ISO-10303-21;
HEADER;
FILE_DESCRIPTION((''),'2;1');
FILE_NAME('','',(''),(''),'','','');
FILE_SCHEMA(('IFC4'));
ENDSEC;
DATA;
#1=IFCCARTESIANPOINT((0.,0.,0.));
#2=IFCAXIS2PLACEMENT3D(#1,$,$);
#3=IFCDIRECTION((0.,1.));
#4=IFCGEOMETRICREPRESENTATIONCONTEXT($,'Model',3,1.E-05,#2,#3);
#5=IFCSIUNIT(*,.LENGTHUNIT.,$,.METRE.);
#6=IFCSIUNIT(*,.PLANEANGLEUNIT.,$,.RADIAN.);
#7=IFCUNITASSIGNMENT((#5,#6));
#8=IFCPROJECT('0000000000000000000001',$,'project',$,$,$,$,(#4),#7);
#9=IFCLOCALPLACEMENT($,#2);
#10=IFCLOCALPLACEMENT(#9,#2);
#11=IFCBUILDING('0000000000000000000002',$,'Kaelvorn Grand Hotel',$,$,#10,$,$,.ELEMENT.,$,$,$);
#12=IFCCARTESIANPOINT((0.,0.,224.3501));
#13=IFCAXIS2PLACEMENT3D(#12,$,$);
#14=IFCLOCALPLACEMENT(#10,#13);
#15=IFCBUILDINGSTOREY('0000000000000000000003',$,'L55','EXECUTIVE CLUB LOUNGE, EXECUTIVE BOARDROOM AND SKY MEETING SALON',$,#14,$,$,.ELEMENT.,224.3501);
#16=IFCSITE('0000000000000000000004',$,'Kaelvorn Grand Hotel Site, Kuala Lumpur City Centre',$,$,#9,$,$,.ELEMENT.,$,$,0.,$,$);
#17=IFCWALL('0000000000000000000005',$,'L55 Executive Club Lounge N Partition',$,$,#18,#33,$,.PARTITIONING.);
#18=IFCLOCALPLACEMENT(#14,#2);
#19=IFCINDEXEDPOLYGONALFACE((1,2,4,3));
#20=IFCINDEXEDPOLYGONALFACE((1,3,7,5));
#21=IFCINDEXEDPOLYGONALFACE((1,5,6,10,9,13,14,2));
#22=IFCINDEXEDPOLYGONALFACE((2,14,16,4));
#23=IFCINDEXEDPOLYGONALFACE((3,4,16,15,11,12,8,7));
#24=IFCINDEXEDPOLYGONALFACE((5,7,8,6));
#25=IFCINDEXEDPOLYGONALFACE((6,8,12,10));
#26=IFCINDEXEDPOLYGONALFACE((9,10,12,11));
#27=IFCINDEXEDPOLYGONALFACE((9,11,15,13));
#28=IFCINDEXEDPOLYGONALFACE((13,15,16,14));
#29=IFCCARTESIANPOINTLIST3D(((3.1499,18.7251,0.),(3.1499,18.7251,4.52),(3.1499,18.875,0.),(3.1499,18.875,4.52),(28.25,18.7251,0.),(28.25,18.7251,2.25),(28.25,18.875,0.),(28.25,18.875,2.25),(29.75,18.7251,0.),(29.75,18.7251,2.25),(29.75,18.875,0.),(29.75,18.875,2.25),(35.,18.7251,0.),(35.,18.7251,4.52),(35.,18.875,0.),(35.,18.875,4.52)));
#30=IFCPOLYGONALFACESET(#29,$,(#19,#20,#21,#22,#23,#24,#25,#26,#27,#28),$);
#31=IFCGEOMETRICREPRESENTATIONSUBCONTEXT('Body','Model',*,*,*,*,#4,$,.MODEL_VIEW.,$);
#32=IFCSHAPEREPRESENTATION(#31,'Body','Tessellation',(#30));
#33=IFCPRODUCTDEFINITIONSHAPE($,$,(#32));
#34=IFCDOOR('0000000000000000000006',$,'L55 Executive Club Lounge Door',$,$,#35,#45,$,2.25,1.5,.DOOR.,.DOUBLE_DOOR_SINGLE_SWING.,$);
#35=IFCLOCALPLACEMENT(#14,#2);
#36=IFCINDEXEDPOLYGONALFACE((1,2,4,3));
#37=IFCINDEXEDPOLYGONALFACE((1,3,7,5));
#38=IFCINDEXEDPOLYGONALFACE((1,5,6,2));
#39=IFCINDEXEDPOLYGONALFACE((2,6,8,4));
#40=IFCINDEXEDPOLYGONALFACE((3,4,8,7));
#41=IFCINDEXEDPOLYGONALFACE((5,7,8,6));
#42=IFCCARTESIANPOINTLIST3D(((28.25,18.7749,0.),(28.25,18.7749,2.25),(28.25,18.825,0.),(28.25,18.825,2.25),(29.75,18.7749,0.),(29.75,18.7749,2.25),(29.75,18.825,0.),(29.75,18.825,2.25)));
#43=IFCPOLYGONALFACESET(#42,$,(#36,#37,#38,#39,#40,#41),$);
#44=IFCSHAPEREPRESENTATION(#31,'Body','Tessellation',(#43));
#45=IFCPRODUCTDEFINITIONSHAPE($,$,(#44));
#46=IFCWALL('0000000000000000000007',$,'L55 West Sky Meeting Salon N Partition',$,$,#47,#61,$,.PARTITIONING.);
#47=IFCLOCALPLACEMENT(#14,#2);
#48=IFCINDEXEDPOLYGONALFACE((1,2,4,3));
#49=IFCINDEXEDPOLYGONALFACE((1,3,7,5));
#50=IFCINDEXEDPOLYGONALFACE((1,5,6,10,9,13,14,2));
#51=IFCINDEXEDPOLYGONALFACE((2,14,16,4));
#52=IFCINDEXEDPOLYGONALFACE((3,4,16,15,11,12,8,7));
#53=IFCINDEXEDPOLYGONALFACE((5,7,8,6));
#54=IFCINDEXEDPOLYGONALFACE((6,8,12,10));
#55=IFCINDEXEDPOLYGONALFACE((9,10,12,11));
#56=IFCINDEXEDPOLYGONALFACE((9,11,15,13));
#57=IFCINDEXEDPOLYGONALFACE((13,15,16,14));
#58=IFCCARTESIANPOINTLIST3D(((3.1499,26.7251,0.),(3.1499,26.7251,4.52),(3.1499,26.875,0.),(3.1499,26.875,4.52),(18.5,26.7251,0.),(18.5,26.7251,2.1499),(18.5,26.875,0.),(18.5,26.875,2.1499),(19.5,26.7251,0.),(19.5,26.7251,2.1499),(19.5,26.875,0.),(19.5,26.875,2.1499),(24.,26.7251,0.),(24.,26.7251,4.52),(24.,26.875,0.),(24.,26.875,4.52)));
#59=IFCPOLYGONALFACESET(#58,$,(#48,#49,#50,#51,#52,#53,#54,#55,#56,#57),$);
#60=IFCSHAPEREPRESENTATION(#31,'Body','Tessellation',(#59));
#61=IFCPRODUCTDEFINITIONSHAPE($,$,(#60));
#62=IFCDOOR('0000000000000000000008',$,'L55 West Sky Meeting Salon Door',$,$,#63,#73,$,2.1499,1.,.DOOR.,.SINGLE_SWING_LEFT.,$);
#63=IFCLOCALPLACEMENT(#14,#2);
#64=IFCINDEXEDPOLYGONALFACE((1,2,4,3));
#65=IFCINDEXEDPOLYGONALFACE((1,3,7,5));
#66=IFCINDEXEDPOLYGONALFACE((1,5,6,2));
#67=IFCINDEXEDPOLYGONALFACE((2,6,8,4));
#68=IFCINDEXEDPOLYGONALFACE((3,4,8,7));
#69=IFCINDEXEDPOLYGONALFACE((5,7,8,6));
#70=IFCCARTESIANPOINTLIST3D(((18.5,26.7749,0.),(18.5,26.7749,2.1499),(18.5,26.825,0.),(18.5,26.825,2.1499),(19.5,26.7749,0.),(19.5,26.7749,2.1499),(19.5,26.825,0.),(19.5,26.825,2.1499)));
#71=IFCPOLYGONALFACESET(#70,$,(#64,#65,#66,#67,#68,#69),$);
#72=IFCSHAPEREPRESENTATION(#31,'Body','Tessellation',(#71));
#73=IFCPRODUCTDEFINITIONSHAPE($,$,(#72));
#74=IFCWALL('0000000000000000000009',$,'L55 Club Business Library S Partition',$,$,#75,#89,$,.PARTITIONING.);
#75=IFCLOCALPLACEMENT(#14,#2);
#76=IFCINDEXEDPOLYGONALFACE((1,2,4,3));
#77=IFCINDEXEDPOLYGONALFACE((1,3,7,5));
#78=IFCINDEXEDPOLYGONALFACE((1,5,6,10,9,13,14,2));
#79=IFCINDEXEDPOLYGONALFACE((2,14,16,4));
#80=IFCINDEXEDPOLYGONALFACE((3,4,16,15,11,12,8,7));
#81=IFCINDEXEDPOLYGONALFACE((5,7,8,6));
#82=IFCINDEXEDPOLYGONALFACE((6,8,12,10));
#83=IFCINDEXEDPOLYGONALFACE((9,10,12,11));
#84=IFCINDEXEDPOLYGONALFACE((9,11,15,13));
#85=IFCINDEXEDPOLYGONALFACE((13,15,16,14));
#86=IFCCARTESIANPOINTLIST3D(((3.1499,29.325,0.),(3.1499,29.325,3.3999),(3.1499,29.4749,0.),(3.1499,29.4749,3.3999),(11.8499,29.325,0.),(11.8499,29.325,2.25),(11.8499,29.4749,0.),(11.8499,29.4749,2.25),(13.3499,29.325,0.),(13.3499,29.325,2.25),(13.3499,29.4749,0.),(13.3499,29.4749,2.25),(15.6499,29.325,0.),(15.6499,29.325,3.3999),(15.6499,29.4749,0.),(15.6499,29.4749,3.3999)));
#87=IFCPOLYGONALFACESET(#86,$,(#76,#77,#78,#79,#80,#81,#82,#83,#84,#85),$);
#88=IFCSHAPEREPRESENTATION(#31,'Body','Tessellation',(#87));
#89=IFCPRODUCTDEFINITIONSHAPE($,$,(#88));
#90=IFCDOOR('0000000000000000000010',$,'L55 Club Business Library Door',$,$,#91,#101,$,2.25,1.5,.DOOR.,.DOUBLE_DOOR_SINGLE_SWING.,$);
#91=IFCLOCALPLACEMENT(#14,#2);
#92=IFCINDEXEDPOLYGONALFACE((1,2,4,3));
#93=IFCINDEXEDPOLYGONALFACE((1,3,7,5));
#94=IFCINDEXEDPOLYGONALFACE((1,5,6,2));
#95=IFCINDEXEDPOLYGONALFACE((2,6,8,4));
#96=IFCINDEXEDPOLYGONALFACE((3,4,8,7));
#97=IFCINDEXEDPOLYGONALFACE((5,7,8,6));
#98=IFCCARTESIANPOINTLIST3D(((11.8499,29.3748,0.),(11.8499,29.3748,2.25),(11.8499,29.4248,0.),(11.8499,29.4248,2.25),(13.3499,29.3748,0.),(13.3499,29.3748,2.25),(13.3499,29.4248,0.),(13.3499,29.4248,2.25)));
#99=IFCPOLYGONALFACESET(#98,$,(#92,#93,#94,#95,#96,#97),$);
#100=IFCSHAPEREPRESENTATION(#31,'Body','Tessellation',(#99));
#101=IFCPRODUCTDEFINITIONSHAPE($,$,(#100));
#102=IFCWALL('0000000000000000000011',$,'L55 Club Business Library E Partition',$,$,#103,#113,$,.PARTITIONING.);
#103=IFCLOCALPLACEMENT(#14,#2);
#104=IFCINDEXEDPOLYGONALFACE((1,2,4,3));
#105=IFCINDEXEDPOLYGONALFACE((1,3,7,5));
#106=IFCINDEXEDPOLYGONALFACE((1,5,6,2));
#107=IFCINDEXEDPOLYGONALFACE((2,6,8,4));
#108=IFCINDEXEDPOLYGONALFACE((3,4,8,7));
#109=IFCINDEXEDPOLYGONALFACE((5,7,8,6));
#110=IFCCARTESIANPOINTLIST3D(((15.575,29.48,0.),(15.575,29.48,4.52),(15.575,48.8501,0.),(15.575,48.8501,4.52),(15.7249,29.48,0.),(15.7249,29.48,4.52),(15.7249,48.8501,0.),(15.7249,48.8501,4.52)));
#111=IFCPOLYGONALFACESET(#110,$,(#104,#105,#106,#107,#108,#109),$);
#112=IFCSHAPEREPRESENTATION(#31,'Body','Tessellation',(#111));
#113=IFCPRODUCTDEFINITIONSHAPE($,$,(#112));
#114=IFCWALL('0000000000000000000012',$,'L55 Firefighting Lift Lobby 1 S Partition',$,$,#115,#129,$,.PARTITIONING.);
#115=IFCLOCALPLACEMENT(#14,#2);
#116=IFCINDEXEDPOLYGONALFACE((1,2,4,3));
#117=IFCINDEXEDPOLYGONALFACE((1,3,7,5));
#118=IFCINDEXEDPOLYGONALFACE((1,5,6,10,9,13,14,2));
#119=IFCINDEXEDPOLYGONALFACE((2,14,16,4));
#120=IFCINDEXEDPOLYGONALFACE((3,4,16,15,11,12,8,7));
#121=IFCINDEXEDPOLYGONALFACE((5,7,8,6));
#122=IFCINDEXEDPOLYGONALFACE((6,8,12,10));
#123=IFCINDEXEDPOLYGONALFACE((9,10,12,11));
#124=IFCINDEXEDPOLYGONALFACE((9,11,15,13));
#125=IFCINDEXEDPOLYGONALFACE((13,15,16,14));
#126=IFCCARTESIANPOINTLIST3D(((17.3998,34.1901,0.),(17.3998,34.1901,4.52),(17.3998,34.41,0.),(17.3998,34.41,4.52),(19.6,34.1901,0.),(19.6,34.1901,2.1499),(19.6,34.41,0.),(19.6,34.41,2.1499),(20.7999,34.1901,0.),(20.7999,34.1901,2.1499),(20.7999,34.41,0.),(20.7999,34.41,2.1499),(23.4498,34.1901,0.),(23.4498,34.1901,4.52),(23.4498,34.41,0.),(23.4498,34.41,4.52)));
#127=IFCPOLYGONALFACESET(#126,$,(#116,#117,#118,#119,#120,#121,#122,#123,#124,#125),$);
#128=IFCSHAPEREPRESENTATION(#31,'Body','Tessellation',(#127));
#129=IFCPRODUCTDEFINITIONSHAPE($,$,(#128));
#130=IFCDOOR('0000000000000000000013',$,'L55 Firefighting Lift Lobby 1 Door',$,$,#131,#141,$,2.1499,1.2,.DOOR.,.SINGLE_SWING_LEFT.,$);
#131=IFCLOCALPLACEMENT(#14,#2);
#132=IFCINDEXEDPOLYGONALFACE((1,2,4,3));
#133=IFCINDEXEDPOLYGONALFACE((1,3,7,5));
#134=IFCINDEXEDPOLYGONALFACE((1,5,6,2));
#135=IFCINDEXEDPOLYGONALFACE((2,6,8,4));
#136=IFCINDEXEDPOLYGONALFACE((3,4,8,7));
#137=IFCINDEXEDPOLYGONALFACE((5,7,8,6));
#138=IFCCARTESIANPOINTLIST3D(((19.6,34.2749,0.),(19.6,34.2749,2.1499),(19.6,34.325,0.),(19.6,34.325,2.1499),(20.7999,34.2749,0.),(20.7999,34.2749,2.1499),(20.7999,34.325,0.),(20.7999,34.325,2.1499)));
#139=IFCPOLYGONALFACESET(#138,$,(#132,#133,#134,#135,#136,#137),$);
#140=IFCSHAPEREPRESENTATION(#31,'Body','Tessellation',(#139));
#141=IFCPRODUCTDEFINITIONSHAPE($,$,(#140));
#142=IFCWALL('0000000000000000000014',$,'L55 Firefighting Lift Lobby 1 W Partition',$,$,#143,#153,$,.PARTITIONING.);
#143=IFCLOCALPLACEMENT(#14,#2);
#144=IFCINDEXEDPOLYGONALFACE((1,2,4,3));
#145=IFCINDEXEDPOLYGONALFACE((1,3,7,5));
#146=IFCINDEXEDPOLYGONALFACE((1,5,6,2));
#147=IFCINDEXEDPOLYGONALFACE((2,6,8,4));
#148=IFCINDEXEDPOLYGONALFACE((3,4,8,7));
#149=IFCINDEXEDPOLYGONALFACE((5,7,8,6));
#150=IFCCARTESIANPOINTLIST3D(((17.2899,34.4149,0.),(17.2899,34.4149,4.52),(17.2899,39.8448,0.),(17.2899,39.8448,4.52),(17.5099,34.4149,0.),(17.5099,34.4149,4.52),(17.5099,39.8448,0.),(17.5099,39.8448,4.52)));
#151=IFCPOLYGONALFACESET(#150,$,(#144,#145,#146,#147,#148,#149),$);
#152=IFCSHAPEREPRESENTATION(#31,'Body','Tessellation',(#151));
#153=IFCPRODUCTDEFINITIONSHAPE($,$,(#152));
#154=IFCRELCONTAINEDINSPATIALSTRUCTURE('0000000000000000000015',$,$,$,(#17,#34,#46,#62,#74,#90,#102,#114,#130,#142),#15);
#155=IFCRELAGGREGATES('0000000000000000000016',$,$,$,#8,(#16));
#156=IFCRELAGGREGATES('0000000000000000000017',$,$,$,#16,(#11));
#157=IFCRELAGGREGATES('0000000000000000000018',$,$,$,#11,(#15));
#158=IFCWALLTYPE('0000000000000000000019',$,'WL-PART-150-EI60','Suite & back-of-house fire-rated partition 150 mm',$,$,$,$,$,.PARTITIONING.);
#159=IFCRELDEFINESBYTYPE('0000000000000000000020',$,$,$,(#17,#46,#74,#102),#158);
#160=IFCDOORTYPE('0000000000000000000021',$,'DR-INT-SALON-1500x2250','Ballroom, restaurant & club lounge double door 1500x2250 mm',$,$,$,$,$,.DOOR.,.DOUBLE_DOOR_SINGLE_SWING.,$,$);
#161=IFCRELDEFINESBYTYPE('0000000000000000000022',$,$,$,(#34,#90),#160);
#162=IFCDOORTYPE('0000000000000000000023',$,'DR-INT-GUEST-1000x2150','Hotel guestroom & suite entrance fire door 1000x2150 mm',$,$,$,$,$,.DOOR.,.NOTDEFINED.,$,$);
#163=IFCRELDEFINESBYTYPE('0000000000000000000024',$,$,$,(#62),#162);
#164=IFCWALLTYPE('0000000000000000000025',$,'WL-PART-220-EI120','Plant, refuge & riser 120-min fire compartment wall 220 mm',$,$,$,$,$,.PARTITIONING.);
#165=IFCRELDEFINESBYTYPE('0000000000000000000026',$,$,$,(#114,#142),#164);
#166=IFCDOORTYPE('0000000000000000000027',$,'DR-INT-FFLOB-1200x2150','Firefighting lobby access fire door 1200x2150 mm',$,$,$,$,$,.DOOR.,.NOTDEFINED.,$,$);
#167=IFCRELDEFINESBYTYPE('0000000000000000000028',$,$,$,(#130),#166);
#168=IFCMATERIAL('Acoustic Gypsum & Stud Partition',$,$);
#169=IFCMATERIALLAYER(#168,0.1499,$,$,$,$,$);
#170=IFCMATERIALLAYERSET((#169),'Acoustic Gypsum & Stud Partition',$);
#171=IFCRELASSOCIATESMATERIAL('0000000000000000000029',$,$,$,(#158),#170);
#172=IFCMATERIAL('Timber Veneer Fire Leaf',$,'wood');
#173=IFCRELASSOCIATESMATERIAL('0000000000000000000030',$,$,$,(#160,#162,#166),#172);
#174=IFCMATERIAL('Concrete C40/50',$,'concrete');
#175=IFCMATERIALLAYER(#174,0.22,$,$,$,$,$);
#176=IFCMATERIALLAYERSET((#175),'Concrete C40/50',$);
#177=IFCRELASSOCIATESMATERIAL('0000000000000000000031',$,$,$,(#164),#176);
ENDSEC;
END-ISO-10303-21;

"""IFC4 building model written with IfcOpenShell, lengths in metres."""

from ifc_helpers import new_model, si_unit, direction, frame, frame_2d, origin, place, context, subcontext, project, spatial, rectangle, extrude, material, layer, layer_set, type_object, element, fill, save


model = new_model("IFC4")

# Units and contexts
model_context = context("Model", 3, precision=1e-05, world=origin(), true_north=direction((0.0, 1.0)))
body_context = subcontext(model_context, "Body", "Model", "MODEL_VIEW")
ifc_project = project(units=[si_unit("LENGTHUNIT", "METRE"), si_unit("PLANEANGLEUNIT", "RADIAN")], contexts=[model_context])

# Site, building, storey
site_placement = place(None, origin())
site = spatial("IfcSite", under=ifc_project, at=site_placement, Name="Kaelvorn Grand Hotel Site, Kuala Lumpur City Centre", CompositionType="ELEMENT", RefElevation=0.0)
building_placement = place(site_placement, origin())
building = spatial("IfcBuilding", under=site, at=building_placement, Name="Kaelvorn Grand Hotel", CompositionType="ELEMENT")
storey_placement = place(building_placement, frame((0.0, 0.0, 224.3501)))
storey = spatial("IfcBuildingStorey", under=building, at=storey_placement, Name="L55", Description="EXECUTIVE CLUB LOUNGE, EXECUTIVE BOARDROOM AND SKY MEETING SALON", CompositionType="ELEMENT", Elevation=224.3501)

# Walls, openings, doors
ifc_material_1 = material(Name="Acoustic Gypsum & Stud Partition")
ifc_layer_1 = layer(ifc_material_1, 0.1499)
ifc_layer_set_1 = layer_set([ifc_layer_1], Name="Acoustic Gypsum & Stud Partition")
wall_type_1 = type_object("IfcWallType", Name="WL-PART-150-EI60", Description="Suite & back-of-house fire-rated partition 150 mm", PredefinedType="PARTITIONING", material=ifc_layer_set_1)
wall_1_placement = place(storey_placement, frame((3.1499, 18.8, 0.0), z_axis=(0.0, 0.0, 1.0), x_axis=(1.0, 0.0, 0.0)))
wall_1 = element("IfcWall", 1, at=wall_1_placement, inside=storey, type_object=wall_type_1, Name="L55 Executive Club Lounge N Partition", PredefinedType="PARTITIONING", context=body_context, shape_type="SweptSolid", body=[
    extrude(rectangle(XDim=31.8501, YDim=0.1499, at=frame_2d((15.925, 0.0))), origin(), (0.0, 0.0, 1.0), 4.52),
])
opening_1_placement = place(wall_1_placement, frame((25.1001, 0.0, 0.0)))
opening_1 = element("IfcOpeningElement", 2, at=opening_1_placement, cuts=wall_1, PredefinedType="OPENING", context=body_context, shape_type="SweptSolid", body=[
    extrude(rectangle(XDim=1.5, YDim=2.25, at=frame_2d((0.75, 1.125))), frame((0.0, 0.085, 0.0), z_axis=(0.0, -1.0, 0.0), x_axis=(1.0, 0.0, 0.0)), (0.0, 0.0, 1.0), 0.1699),
])
ifc_material_2 = material(Name="Timber Veneer Fire Leaf", Category="wood")
door_type_1 = type_object("IfcDoorType", Name="DR-INT-SALON-1500x2250", Description="Ballroom, restaurant & club lounge double door 1500x2250 mm", OperationType="DOUBLE_DOOR_SINGLE_SWING", PredefinedType="DOOR", material=ifc_material_2)
door_1_placement = place(opening_1_placement, origin())
door_1 = element("IfcDoor", 3, at=door_1_placement, inside=storey, type_object=door_type_1, Name="L55 Executive Club Lounge Door", OperationType="DOUBLE_DOOR_SINGLE_SWING", OverallHeight=2.25, OverallWidth=1.5, PredefinedType="DOOR", context=body_context, shape_type="SweptSolid", body=[
    extrude(rectangle(XDim=1.5, YDim=2.25, at=frame_2d((0.75, 1.125))), frame((0.0, 0.0249, 0.0), z_axis=(0.0, -1.0, 0.0), x_axis=(1.0, 0.0, 0.0)), (0.0, 0.0, 1.0), 0.05),
])
fill(opening_1, door_1)
wall_2_placement = place(storey_placement, frame((3.1499, 26.8, 0.0), z_axis=(0.0, 0.0, 1.0), x_axis=(1.0, 0.0, 0.0)))
wall_2 = element("IfcWall", 4, at=wall_2_placement, inside=storey, type_object=wall_type_1, Name="L55 West Sky Meeting Salon N Partition", PredefinedType="PARTITIONING", context=body_context, shape_type="SweptSolid", body=[
    extrude(rectangle(XDim=20.8501, YDim=0.1499, at=frame_2d((10.425, 0.0))), origin(), (0.0, 0.0, 1.0), 4.52),
])
opening_2_placement = place(wall_2_placement, frame((15.3501, 0.0, 0.0)))
opening_2 = element("IfcOpeningElement", 5, at=opening_2_placement, cuts=wall_2, PredefinedType="OPENING", context=body_context, shape_type="SweptSolid", body=[
    extrude(rectangle(XDim=1.0, YDim=2.1499, at=frame_2d((0.5, 1.075))), frame((0.0, 0.085, 0.0), z_axis=(0.0, -1.0, 0.0), x_axis=(1.0, 0.0, 0.0)), (0.0, 0.0, 1.0), 0.1699),
])
door_type_2 = type_object("IfcDoorType", Name="DR-INT-GUEST-1000x2150", Description="Hotel guestroom & suite entrance fire door 1000x2150 mm", OperationType="NOTDEFINED", PredefinedType="DOOR", material=ifc_material_2)
door_2_placement = place(opening_2_placement, origin())
door_2 = element("IfcDoor", 6, at=door_2_placement, inside=storey, type_object=door_type_2, Name="L55 West Sky Meeting Salon Door", OperationType="SINGLE_SWING_LEFT", OverallHeight=2.1499, OverallWidth=1.0, PredefinedType="DOOR", context=body_context, shape_type="SweptSolid", body=[
    extrude(rectangle(XDim=1.0, YDim=2.1499, at=frame_2d((0.5, 1.075))), frame((0.0, 0.0249, 0.0), z_axis=(0.0, -1.0, 0.0), x_axis=(1.0, 0.0, 0.0)), (0.0, 0.0, 1.0), 0.05),
])
fill(opening_2, door_2)
wall_3_placement = place(storey_placement, frame((3.1499, 29.3999, 0.0), z_axis=(0.0, 0.0, 1.0), x_axis=(1.0, 0.0, 0.0)))
wall_3 = element("IfcWall", 7, at=wall_3_placement, inside=storey, type_object=wall_type_1, Name="L55 Club Business Library S Partition", PredefinedType="PARTITIONING", context=body_context, shape_type="SweptSolid", body=[
    extrude(rectangle(XDim=12.5, YDim=0.1499, at=frame_2d((6.25, 0.0))), origin(), (0.0, 0.0, 1.0), 3.3999),
])
opening_3_placement = place(wall_3_placement, frame((8.7, 0.0, 0.0)))
opening_3 = element("IfcOpeningElement", 8, at=opening_3_placement, cuts=wall_3, PredefinedType="OPENING", context=body_context, shape_type="SweptSolid", body=[
    extrude(rectangle(XDim=1.5, YDim=2.25, at=frame_2d((0.75, 1.125))), frame((0.0, 0.085, 0.0), z_axis=(0.0, -1.0, 0.0), x_axis=(1.0, 0.0, 0.0)), (0.0, 0.0, 1.0), 0.1699),
])
door_3_placement = place(opening_3_placement, origin())
door_3 = element("IfcDoor", 9, at=door_3_placement, inside=storey, type_object=door_type_1, Name="L55 Club Business Library Door", OperationType="DOUBLE_DOOR_SINGLE_SWING", OverallHeight=2.25, OverallWidth=1.5, PredefinedType="DOOR", context=body_context, shape_type="SweptSolid", body=[
    extrude(rectangle(XDim=1.5, YDim=2.25, at=frame_2d((0.75, 1.125))), frame((0.0, 0.0249, 0.0), z_axis=(0.0, -1.0, 0.0), x_axis=(1.0, 0.0, 0.0)), (0.0, 0.0, 1.0), 0.05),
])
fill(opening_3, door_3)

# Wall
wall_4_placement = place(storey_placement, frame((15.6499, 29.48, 0.0), z_axis=(0.0, 0.0, 1.0), x_axis=(0.0, 1.0, 0.0)))
element("IfcWall", 10, at=wall_4_placement, inside=storey, type_object=wall_type_1, Name="L55 Club Business Library E Partition", PredefinedType="PARTITIONING", context=body_context, shape_type="SweptSolid", body=[
    extrude(rectangle(XDim=19.3701, YDim=0.1499, at=frame_2d((9.6851, 0.0))), origin(), (0.0, 0.0, 1.0), 4.52),
])

# Wall, opening, door
ifc_material_3 = material(Name="Concrete C40/50", Category="concrete")
ifc_layer_2 = layer(ifc_material_3, 0.22)
ifc_layer_set_2 = layer_set([ifc_layer_2], Name="Concrete C40/50")
wall_type_2 = type_object("IfcWallType", Name="WL-PART-220-EI120", Description="Plant, refuge & riser 120-min fire compartment wall 220 mm", PredefinedType="PARTITIONING", material=ifc_layer_set_2)
wall_5_placement = place(storey_placement, frame((17.3999, 34.3, 0.0), z_axis=(0.0, 0.0, 1.0), x_axis=(1.0, 0.0, 0.0)))
wall_5 = element("IfcWall", 11, at=wall_5_placement, inside=storey, type_object=wall_type_2, Name="L55 Firefighting Lift Lobby 1 S Partition", PredefinedType="PARTITIONING", context=body_context, shape_type="SweptSolid", body=[
    extrude(rectangle(XDim=6.05, YDim=0.22, at=frame_2d((3.0249, 0.0))), origin(), (0.0, 0.0, 1.0), 4.52),
])
opening_4_placement = place(wall_5_placement, frame((2.2, 0.0, 0.0)))
opening_4 = element("IfcOpeningElement", 12, at=opening_4_placement, cuts=wall_5, PredefinedType="OPENING", context=body_context, shape_type="SweptSolid", body=[
    extrude(rectangle(XDim=1.2, YDim=2.1499, at=frame_2d((0.6001, 1.075))), frame((0.0, 0.1201, 0.0), z_axis=(0.0, -1.0, 0.0), x_axis=(1.0, 0.0, 0.0)), (0.0, 0.0, 1.0), 0.24),
])
door_type_3 = type_object("IfcDoorType", Name="DR-INT-FFLOB-1200x2150", Description="Firefighting lobby access fire door 1200x2150 mm", OperationType="NOTDEFINED", PredefinedType="DOOR", material=ifc_material_2)
door_4_placement = place(opening_4_placement, origin())
door_4 = element("IfcDoor", 13, at=door_4_placement, inside=storey, type_object=door_type_3, Name="L55 Firefighting Lift Lobby 1 Door", OperationType="SINGLE_SWING_LEFT", OverallHeight=2.1499, OverallWidth=1.2, PredefinedType="DOOR", context=body_context, shape_type="SweptSolid", body=[
    extrude(rectangle(XDim=1.2, YDim=2.1499, at=frame_2d((0.6001, 1.075))), frame((0.0, 0.0249, 0.0), z_axis=(0.0, -1.0, 0.0), x_axis=(1.0, 0.0, 0.0)), (0.0, 0.0, 1.0), 0.05),
])
fill(opening_4, door_4)

# Wall
wall_6_placement = place(storey_placement, frame((17.3999, 34.415, 0.0), z_axis=(0.0, 0.0, 1.0), x_axis=(0.0, 1.0, 0.0)))
element("IfcWall", 14, at=wall_6_placement, inside=storey, type_object=wall_type_2, Name="L55 Firefighting Lift Lobby 1 W Partition", PredefinedType="PARTITIONING", context=body_context, shape_type="SweptSolid", body=[
    extrude(rectangle(XDim=5.4299, YDim=0.22, at=frame_2d((2.7148, 0.0))), origin(), (0.0, 0.0, 1.0), 4.52),
])

save(model, "model.ifc")
